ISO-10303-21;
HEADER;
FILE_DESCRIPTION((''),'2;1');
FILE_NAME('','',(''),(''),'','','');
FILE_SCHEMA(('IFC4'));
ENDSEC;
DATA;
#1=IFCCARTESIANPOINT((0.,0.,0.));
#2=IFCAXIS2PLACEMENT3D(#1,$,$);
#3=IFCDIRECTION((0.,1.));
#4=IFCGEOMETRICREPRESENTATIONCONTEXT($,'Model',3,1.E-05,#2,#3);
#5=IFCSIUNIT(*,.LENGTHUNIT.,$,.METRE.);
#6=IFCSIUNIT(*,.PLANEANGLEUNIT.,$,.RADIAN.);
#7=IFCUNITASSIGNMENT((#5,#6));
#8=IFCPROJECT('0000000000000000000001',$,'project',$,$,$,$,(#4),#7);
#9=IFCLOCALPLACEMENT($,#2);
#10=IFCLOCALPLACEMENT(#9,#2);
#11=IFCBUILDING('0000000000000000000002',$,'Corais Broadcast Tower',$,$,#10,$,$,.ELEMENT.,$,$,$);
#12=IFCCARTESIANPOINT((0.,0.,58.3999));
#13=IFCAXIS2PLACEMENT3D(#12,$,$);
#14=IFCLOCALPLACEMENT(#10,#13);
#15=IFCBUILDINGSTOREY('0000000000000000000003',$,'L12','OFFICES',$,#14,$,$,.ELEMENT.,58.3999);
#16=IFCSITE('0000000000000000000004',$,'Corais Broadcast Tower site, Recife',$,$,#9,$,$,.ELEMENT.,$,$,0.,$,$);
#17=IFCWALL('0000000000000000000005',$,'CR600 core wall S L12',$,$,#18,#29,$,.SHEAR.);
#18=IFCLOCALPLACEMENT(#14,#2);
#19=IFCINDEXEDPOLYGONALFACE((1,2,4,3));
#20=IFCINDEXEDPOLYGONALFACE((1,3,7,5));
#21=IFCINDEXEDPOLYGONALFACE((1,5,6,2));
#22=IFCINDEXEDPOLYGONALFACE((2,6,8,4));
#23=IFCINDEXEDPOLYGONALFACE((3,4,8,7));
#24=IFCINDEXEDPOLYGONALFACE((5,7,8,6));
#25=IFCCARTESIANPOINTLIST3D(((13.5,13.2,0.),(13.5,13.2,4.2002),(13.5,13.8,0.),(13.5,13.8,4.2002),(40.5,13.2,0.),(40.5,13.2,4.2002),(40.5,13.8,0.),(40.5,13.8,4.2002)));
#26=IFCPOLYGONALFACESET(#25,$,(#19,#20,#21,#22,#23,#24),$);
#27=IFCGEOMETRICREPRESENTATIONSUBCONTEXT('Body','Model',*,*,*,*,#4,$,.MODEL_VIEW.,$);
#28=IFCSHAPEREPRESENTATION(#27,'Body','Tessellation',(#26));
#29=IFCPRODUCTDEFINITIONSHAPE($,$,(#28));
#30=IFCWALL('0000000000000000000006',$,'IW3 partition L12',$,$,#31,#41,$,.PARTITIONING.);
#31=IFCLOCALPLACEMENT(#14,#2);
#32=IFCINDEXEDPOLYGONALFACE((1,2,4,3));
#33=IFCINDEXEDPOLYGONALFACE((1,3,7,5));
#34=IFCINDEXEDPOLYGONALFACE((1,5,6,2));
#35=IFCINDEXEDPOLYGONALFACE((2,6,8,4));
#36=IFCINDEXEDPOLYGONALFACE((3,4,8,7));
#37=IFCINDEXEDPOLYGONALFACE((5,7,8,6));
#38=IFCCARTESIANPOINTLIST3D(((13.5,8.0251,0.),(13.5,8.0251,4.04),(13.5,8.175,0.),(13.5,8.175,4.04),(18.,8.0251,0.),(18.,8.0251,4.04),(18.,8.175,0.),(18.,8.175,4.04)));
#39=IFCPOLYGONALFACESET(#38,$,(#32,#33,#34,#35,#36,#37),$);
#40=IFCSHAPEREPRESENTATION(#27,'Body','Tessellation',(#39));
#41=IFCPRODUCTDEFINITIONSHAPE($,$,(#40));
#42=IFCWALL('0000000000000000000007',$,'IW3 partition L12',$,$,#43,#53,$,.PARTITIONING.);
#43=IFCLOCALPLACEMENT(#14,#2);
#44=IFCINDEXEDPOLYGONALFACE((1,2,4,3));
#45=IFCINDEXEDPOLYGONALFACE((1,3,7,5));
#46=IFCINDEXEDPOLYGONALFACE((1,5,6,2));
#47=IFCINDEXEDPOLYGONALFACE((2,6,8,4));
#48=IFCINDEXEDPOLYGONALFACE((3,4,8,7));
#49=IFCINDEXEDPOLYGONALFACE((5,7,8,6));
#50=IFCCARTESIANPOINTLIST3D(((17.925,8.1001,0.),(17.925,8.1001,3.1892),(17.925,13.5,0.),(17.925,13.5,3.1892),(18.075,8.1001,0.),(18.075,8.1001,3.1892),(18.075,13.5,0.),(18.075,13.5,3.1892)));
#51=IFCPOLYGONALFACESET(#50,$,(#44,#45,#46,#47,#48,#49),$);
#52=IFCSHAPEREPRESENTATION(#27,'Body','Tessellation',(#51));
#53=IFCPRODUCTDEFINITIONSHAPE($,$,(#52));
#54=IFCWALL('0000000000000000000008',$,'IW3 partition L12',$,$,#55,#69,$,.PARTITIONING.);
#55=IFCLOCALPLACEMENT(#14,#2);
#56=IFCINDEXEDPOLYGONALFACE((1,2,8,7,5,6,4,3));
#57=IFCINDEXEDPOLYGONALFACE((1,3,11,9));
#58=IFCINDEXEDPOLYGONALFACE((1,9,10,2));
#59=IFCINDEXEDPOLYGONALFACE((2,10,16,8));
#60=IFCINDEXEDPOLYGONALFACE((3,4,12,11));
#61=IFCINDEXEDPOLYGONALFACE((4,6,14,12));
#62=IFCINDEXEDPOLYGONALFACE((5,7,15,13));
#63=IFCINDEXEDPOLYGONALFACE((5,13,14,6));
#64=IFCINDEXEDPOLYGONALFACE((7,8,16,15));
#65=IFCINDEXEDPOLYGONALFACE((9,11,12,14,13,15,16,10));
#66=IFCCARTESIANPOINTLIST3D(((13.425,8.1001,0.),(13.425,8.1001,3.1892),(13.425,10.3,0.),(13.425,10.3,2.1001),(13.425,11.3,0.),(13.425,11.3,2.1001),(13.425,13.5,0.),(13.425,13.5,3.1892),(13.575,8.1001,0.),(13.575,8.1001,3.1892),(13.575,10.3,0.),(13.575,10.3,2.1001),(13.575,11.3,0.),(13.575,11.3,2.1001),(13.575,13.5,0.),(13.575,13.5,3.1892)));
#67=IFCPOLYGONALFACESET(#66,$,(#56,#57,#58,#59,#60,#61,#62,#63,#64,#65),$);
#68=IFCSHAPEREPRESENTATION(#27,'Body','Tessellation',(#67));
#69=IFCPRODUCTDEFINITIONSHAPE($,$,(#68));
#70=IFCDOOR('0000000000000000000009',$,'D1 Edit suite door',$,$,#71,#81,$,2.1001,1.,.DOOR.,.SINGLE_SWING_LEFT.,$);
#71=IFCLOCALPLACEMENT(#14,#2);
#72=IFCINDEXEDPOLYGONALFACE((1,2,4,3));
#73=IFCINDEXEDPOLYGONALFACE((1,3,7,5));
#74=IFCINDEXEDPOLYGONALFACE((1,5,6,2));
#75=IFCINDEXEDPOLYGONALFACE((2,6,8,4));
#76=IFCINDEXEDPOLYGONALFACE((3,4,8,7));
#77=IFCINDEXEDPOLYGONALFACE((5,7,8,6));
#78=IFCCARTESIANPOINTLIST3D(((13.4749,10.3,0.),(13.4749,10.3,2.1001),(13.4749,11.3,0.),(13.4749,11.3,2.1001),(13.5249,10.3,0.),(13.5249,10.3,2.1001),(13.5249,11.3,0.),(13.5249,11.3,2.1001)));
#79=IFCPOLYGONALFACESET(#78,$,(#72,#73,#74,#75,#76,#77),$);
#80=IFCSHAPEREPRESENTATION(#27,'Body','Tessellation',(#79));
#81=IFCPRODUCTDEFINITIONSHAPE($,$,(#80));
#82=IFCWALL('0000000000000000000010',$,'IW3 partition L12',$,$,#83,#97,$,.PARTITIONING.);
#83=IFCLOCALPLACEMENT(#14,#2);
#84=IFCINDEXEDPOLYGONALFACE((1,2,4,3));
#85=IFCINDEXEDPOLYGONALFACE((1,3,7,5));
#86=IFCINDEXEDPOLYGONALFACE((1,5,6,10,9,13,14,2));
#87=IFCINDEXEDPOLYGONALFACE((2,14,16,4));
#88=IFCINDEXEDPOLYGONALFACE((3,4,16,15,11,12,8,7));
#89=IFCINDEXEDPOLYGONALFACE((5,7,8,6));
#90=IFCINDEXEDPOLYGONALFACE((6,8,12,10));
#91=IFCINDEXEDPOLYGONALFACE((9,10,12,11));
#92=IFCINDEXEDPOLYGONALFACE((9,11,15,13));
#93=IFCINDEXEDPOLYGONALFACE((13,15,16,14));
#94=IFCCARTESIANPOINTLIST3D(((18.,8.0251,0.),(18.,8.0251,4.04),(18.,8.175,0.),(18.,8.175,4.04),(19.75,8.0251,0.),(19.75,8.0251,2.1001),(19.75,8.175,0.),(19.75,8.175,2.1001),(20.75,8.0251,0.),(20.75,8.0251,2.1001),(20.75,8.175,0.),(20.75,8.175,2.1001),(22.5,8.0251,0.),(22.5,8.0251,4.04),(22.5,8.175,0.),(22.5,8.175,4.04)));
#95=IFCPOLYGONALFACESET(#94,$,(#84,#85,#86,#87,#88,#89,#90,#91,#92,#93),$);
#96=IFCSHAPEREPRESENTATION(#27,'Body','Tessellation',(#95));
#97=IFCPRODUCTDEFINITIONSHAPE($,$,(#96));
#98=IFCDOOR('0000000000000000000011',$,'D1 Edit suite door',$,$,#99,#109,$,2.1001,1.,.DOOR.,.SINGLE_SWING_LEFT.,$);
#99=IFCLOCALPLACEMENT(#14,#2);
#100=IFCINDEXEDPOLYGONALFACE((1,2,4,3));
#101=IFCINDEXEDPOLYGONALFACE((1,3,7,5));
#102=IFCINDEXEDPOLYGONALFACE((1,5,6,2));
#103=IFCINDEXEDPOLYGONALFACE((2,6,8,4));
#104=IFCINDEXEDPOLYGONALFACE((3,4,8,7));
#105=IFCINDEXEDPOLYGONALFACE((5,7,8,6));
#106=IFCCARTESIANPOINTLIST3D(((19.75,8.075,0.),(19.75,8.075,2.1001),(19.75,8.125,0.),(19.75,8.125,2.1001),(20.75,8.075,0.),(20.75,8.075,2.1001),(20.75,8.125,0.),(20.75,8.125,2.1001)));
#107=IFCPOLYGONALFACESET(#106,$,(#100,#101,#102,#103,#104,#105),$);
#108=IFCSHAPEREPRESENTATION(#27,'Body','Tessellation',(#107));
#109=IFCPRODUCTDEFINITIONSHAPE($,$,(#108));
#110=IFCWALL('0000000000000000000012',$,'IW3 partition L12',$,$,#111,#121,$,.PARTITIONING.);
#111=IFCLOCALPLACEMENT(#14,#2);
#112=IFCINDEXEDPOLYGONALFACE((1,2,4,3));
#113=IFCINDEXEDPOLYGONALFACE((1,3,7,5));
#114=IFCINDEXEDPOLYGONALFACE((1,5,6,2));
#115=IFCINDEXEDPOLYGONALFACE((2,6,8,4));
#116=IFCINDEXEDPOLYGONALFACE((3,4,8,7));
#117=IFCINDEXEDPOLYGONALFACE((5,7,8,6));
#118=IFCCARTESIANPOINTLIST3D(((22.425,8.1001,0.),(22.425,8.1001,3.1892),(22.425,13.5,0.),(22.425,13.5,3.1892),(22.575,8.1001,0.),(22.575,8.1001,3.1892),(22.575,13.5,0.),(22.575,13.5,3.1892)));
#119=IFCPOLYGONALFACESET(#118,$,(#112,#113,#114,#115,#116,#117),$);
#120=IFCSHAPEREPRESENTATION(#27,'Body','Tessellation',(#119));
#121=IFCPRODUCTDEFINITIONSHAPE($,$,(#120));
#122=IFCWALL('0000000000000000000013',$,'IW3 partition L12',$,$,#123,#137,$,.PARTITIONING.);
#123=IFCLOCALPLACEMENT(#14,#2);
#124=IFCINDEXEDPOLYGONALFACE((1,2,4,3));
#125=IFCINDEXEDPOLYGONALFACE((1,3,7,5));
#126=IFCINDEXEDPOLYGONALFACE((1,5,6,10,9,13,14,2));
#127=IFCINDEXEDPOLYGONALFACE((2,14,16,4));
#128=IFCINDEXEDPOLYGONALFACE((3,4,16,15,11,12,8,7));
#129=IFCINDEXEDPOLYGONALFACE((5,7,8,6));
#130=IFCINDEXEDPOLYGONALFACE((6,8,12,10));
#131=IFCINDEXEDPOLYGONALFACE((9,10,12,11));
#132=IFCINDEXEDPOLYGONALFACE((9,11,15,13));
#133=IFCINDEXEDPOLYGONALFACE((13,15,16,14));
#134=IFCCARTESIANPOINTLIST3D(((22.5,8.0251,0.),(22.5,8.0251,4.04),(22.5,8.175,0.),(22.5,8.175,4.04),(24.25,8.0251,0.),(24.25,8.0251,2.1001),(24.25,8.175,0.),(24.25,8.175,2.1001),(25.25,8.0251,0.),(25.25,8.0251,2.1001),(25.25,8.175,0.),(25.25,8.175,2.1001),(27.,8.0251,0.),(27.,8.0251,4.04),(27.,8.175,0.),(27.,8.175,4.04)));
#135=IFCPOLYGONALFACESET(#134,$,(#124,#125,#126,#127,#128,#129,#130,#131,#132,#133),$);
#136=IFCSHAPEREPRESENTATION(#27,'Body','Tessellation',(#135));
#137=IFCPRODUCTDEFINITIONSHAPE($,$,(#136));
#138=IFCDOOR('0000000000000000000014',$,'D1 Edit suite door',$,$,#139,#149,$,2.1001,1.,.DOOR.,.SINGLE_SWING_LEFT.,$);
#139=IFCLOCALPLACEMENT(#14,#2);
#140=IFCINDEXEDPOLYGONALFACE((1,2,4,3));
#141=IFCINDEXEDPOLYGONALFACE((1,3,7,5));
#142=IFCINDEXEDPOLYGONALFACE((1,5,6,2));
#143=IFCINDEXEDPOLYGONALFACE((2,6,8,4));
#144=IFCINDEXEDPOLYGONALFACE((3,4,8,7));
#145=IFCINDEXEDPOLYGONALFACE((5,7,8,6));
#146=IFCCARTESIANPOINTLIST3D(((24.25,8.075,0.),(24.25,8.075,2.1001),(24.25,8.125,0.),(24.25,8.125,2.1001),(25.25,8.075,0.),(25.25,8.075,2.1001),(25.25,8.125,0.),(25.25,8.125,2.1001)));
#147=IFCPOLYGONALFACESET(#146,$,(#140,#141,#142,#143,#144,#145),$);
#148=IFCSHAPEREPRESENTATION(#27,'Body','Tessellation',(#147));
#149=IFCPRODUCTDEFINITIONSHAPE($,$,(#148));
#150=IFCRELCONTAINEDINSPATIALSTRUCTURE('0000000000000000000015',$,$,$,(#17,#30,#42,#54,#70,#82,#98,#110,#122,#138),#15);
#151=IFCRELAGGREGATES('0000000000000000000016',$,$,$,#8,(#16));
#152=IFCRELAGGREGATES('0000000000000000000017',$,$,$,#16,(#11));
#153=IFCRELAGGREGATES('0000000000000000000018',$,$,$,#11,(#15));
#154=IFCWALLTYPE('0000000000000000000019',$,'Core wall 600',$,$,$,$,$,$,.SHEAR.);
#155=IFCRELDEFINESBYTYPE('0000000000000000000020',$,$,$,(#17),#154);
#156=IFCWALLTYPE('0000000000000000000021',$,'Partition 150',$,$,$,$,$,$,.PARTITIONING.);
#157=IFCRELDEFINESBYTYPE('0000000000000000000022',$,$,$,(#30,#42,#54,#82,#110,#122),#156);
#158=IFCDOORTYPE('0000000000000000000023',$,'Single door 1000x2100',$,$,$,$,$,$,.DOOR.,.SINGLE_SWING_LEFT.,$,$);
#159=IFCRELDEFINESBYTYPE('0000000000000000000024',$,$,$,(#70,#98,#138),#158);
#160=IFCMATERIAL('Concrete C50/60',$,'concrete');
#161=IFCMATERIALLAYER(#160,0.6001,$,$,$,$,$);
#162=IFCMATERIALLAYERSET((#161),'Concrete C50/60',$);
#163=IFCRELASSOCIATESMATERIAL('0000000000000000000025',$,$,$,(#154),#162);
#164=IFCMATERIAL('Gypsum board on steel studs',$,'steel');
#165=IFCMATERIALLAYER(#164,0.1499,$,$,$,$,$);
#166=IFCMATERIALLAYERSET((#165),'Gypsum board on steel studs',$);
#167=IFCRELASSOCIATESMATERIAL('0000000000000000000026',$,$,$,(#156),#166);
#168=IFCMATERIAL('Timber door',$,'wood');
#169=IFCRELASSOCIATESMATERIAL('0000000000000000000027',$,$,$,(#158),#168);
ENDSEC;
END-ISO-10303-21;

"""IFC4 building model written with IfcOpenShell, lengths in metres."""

from ifc_helpers import new_model, si_unit, direction, frame, frame_2d, origin, place, context, subcontext, project, spatial, rectangle, extrude, material, layer, layer_set, type_object, element, fill, save


model = new_model("IFC4")

# Units and contexts
model_context = context("Model", 3, precision=1e-05, world=origin(), true_north=direction((0.0, 1.0)))
body_context = subcontext(model_context, "Body", "Model", "MODEL_VIEW")
ifc_project = project(units=[si_unit("LENGTHUNIT", "METRE"), si_unit("PLANEANGLEUNIT", "RADIAN")], contexts=[model_context])

# Site, building, storey
site_placement = place(None, origin())
site = spatial("IfcSite", under=ifc_project, at=site_placement, Name="Corais Broadcast Tower site, Recife", CompositionType="ELEMENT", RefElevation=0.0)
building_placement = place(site_placement, origin())
building = spatial("IfcBuilding", under=site, at=building_placement, Name="Corais Broadcast Tower", CompositionType="ELEMENT")
storey_placement = place(building_placement, frame((0.0, 0.0, 58.3999)))
storey = spatial("IfcBuildingStorey", under=building, at=storey_placement, Name="L12", Description="OFFICES", CompositionType="ELEMENT", Elevation=58.3999)

# Walls
ifc_material_1 = material(Name="Concrete C50/60", Category="concrete")
ifc_layer_1 = layer(ifc_material_1, 0.6001)
ifc_layer_set_1 = layer_set([ifc_layer_1], Name="Concrete C50/60")
wall_type_1 = type_object("IfcWallType", Name="Core wall 600", PredefinedType="SHEAR", material=ifc_layer_set_1)
wall_1_placement = place(storey_placement, frame((13.5, 13.5, 0.0), z_axis=(0.0, 0.0, 1.0), x_axis=(1.0, 0.0, 0.0)))
element("IfcWall", 1, at=wall_1_placement, inside=storey, type_object=wall_type_1, Name="CR600 core wall S L12", PredefinedType="SHEAR", context=body_context, shape_type="SweptSolid", body=[
    extrude(rectangle(XDim=27.0, YDim=0.6001, at=frame_2d((13.5, 0.0))), origin(), (0.0, 0.0, 1.0), 4.2002),
])
ifc_material_2 = material(Name="Gypsum board on steel studs", Category="steel")
ifc_layer_2 = layer(ifc_material_2, 0.1499)
ifc_layer_set_2 = layer_set([ifc_layer_2], Name="Gypsum board on steel studs")
wall_type_2 = type_object("IfcWallType", Name="Partition 150", PredefinedType="PARTITIONING", material=ifc_layer_set_2)
wall_2_placement = place(storey_placement, frame((13.5, 8.1001, 0.0), z_axis=(0.0, 0.0, 1.0), x_axis=(1.0, 0.0, 0.0)))
element("IfcWall", 2, at=wall_2_placement, inside=storey, type_object=wall_type_2, Name="IW3 partition L12", PredefinedType="PARTITIONING", context=body_context, shape_type="SweptSolid", body=[
    extrude(rectangle(XDim=4.5, YDim=0.1499, at=frame_2d((2.25, 0.0))), origin(), (0.0, 0.0, 1.0), 4.04),
])
wall_3_placement = place(storey_placement, frame((18.0, 8.1001, 0.0), z_axis=(0.0, 0.0, 1.0), x_axis=(0.0, 1.0, 0.0)))
element("IfcWall", 3, at=wall_3_placement, inside=storey, type_object=wall_type_2, Name="IW3 partition L12", PredefinedType="PARTITIONING", context=body_context, shape_type="SweptSolid", body=[
    extrude(rectangle(XDim=5.3999, YDim=0.1499, at=frame_2d((2.7, 0.0))), origin(), (0.0, 0.0, 1.0), 3.1892),
])

# Walls, openings, doors
wall_4_placement = place(storey_placement, frame((13.5, 13.5, 0.0), z_axis=(0.0, 0.0, 1.0), x_axis=(0.0, -1.0, 0.0)))
wall_4 = element("IfcWall", 4, at=wall_4_placement, inside=storey, type_object=wall_type_2, Name="IW3 partition L12", PredefinedType="PARTITIONING", context=body_context, shape_type="SweptSolid", body=[
    extrude(rectangle(XDim=5.3999, YDim=0.1499, at=frame_2d((2.7, 0.0))), origin(), (0.0, 0.0, 1.0), 3.1892),
])
opening_1_placement = place(wall_4_placement, frame((2.2, 0.0, 0.0)))
opening_1 = element("IfcOpeningElement", 5, at=opening_1_placement, cuts=wall_4, PredefinedType="OPENING", context=body_context, shape_type="SweptSolid", body=[
    extrude(rectangle(XDim=1.0, YDim=2.1001, at=frame_2d((0.5, 1.05))), frame((0.0, 0.085, 0.0), z_axis=(0.0, -1.0, 0.0), x_axis=(1.0, 0.0, 0.0)), (0.0, 0.0, 1.0), 0.1699),
])
ifc_material_3 = material(Name="Timber door", Category="wood")
door_type = type_object("IfcDoorType", Name="Single door 1000x2100", OperationType="SINGLE_SWING_LEFT", PredefinedType="DOOR", material=ifc_material_3)
door_1_placement = place(opening_1_placement, origin())
door_1 = element("IfcDoor", 6, at=door_1_placement, inside=storey, type_object=door_type, Name="D1 Edit suite door", OperationType="SINGLE_SWING_LEFT", OverallHeight=2.1001, OverallWidth=1.0, PredefinedType="DOOR", context=body_context, shape_type="SweptSolid", body=[
    extrude(rectangle(XDim=1.0, YDim=2.1001, at=frame_2d((0.5, 1.05))), frame((0.0, 0.0249, 0.0), z_axis=(0.0, -1.0, 0.0), x_axis=(1.0, 0.0, 0.0)), (0.0, 0.0, 1.0), 0.05),
])
fill(opening_1, door_1)
wall_5_placement = place(storey_placement, frame((18.0, 8.1001, 0.0), z_axis=(0.0, 0.0, 1.0), x_axis=(1.0, 0.0, 0.0)))
wall_5 = element("IfcWall", 7, at=wall_5_placement, inside=storey, type_object=wall_type_2, Name="IW3 partition L12", PredefinedType="PARTITIONING", context=body_context, shape_type="SweptSolid", body=[
    extrude(rectangle(XDim=4.5, YDim=0.1499, at=frame_2d((2.25, 0.0))), origin(), (0.0, 0.0, 1.0), 4.04),
])
opening_2_placement = place(wall_5_placement, frame((1.75, 0.0, 0.0)))
opening_2 = element("IfcOpeningElement", 8, at=opening_2_placement, cuts=wall_5, PredefinedType="OPENING", context=body_context, shape_type="SweptSolid", body=[
    extrude(rectangle(XDim=1.0, YDim=2.1001, at=frame_2d((0.5, 1.05))), frame((0.0, 0.085, 0.0), z_axis=(0.0, -1.0, 0.0), x_axis=(1.0, 0.0, 0.0)), (0.0, 0.0, 1.0), 0.1699),
])
door_2_placement = place(opening_2_placement, origin())
door_2 = element("IfcDoor", 9, at=door_2_placement, inside=storey, type_object=door_type, Name="D1 Edit suite door", OperationType="SINGLE_SWING_LEFT", OverallHeight=2.1001, OverallWidth=1.0, PredefinedType="DOOR", context=body_context, shape_type="SweptSolid", body=[
    extrude(rectangle(XDim=1.0, YDim=2.1001, at=frame_2d((0.5, 1.05))), frame((0.0, 0.0249, 0.0), z_axis=(0.0, -1.0, 0.0), x_axis=(1.0, 0.0, 0.0)), (0.0, 0.0, 1.0), 0.05),
])
fill(opening_2, door_2)

# Wall
wall_6_placement = place(storey_placement, frame((22.5, 8.1001, 0.0), z_axis=(0.0, 0.0, 1.0), x_axis=(0.0, 1.0, 0.0)))
element("IfcWall", 10, at=wall_6_placement, inside=storey, type_object=wall_type_2, Name="IW3 partition L12", PredefinedType="PARTITIONING", context=body_context, shape_type="SweptSolid", body=[
    extrude(rectangle(XDim=5.3999, YDim=0.1499, at=frame_2d((2.7, 0.0))), origin(), (0.0, 0.0, 1.0), 3.1892),
])

# Wall, opening, door
wall_7_placement = place(storey_placement, frame((22.5, 8.1001, 0.0), z_axis=(0.0, 0.0, 1.0), x_axis=(1.0, 0.0, 0.0)))
wall_7 = element("IfcWall", 11, at=wall_7_placement, inside=storey, type_object=wall_type_2, Name="IW3 partition L12", PredefinedType="PARTITIONING", context=body_context, shape_type="SweptSolid", body=[
    extrude(rectangle(XDim=4.5, YDim=0.1499, at=frame_2d((2.25, 0.0))), origin(), (0.0, 0.0, 1.0), 4.04),
])
opening_3_placement = place(wall_7_placement, frame((1.75, 0.0, 0.0)))
opening_3 = element("IfcOpeningElement", 12, at=opening_3_placement, cuts=wall_7, PredefinedType="OPENING", context=body_context, shape_type="SweptSolid", body=[
    extrude(rectangle(XDim=1.0, YDim=2.1001, at=frame_2d((0.5, 1.05))), frame((0.0, 0.085, 0.0), z_axis=(0.0, -1.0, 0.0), x_axis=(1.0, 0.0, 0.0)), (0.0, 0.0, 1.0), 0.1699),
])
door_3_placement = place(opening_3_placement, origin())
door_3 = element("IfcDoor", 13, at=door_3_placement, inside=storey, type_object=door_type, Name="D1 Edit suite door", OperationType="SINGLE_SWING_LEFT", OverallHeight=2.1001, OverallWidth=1.0, PredefinedType="DOOR", context=body_context, shape_type="SweptSolid", body=[
    extrude(rectangle(XDim=1.0, YDim=2.1001, at=frame_2d((0.5, 1.05))), frame((0.0, 0.0249, 0.0), z_axis=(0.0, -1.0, 0.0), x_axis=(1.0, 0.0, 0.0)), (0.0, 0.0, 1.0), 0.05),
])
fill(opening_3, door_3)

save(model, "model.ifc")
